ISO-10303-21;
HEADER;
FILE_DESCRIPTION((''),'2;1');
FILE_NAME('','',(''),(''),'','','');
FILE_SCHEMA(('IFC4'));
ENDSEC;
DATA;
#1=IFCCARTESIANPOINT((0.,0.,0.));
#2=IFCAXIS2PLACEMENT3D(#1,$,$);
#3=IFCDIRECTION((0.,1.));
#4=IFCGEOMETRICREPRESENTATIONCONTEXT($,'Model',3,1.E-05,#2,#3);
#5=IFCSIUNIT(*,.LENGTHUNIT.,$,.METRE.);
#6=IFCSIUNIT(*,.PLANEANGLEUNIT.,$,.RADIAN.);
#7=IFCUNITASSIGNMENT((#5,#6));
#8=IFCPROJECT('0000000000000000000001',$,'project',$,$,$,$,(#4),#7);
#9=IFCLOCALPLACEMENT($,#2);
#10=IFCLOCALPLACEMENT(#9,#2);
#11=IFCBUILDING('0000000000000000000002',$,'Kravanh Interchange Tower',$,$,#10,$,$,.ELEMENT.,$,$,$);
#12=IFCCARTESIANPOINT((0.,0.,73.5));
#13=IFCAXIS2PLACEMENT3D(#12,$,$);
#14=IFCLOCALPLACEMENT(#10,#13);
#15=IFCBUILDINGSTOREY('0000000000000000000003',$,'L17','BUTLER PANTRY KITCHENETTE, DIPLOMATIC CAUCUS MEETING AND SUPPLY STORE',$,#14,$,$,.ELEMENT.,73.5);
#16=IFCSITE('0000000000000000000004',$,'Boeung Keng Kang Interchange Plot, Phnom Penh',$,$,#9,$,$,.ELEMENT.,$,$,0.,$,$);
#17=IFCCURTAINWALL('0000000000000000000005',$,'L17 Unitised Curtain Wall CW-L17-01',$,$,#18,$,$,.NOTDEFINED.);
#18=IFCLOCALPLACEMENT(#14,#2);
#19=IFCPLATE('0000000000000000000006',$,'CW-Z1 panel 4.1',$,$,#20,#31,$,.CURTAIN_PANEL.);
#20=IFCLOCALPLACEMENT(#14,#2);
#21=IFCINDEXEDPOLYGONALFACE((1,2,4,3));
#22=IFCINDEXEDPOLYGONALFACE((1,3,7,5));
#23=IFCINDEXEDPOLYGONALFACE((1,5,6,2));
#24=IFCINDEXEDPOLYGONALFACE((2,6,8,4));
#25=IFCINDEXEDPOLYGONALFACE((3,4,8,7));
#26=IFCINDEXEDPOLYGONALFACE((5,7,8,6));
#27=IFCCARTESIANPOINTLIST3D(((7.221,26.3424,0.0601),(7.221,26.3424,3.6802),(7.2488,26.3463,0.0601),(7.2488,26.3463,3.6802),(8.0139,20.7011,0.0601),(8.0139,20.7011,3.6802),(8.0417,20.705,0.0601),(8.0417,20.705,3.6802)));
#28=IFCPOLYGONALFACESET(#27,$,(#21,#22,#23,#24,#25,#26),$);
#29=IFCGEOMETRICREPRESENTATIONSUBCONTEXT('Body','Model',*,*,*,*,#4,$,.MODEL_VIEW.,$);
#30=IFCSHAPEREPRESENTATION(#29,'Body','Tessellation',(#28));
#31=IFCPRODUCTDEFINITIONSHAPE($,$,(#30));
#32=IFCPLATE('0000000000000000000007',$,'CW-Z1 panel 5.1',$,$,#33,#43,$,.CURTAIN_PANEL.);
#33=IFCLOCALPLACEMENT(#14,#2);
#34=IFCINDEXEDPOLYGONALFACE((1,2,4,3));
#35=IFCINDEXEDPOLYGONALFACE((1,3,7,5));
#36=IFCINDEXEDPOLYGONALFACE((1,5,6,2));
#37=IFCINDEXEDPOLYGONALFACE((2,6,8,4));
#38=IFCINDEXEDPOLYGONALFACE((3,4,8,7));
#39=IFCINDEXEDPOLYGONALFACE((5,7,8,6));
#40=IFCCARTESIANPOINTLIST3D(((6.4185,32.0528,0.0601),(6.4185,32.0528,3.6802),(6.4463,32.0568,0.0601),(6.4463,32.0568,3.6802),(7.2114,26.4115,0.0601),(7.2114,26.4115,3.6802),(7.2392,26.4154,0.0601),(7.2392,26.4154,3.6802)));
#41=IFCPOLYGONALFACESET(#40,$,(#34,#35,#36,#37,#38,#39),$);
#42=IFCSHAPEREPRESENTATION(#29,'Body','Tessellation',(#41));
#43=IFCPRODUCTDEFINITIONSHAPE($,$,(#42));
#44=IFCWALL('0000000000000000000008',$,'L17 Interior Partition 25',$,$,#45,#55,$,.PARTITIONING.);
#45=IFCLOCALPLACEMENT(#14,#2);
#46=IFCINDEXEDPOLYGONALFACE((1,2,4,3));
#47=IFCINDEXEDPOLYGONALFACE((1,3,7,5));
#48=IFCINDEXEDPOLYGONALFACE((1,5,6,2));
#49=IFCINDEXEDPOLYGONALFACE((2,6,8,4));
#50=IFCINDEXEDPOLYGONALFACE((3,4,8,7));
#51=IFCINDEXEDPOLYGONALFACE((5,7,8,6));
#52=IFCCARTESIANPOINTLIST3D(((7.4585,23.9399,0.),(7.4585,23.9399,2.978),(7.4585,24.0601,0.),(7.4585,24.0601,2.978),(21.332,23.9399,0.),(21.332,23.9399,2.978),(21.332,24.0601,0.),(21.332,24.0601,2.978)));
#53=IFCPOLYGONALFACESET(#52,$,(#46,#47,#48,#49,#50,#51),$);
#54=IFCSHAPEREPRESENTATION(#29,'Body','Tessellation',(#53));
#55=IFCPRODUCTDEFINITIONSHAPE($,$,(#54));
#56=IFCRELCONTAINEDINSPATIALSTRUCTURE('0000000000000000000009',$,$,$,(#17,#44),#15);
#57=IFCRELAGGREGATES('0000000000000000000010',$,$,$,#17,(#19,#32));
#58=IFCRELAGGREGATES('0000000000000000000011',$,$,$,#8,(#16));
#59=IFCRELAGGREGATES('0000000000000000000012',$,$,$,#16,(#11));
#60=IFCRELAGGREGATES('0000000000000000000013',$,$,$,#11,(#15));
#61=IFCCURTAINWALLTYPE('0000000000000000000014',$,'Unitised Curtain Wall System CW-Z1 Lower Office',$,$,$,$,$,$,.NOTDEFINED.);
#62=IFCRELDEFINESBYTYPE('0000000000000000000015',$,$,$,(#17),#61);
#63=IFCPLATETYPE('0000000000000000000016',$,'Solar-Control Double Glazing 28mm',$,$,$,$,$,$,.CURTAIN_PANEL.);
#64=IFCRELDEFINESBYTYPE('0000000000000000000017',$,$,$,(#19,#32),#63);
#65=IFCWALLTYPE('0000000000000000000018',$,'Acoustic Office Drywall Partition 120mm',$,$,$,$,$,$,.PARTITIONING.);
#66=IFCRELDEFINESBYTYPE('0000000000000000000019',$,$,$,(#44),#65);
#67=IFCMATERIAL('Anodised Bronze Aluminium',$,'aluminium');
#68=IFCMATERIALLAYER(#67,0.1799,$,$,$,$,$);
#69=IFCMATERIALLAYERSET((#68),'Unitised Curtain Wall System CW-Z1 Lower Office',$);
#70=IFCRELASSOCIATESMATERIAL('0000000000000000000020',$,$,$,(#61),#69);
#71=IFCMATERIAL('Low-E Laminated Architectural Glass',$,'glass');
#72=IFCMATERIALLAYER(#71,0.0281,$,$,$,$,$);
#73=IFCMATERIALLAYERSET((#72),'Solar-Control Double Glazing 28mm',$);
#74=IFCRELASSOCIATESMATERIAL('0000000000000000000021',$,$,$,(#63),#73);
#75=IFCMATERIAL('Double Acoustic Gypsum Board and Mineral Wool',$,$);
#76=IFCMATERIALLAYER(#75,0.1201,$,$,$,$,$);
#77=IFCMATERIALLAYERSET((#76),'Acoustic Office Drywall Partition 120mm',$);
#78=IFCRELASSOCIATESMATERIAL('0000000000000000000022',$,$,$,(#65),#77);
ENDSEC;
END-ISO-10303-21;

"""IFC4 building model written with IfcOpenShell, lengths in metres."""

from ifc_helpers import new_model, si_unit, direction, frame, frame_2d, origin, origin_2d, place, context, subcontext, project, spatial, rectangle, extrude, material, layer, layer_set, type_object, element, aggregate, save


model = new_model("IFC4")

# Units and contexts
model_context = context("Model", 3, precision=1e-05, world=origin(), true_north=direction((0.0, 1.0)))
body_context = subcontext(model_context, "Body", "Model", "MODEL_VIEW")
ifc_project = project(units=[si_unit("LENGTHUNIT", "METRE"), si_unit("PLANEANGLEUNIT", "RADIAN")], contexts=[model_context])

# Site, building, storey
site_placement = place(None, origin())
site = spatial("IfcSite", under=ifc_project, at=site_placement, Name="Boeung Keng Kang Interchange Plot, Phnom Penh", CompositionType="ELEMENT", RefElevation=0.0)
building_placement = place(site_placement, origin())
building = spatial("IfcBuilding", under=site, at=building_placement, Name="Kravanh Interchange Tower", CompositionType="ELEMENT")
storey_placement = place(building_placement, frame((0.0, 0.0, 73.5)))
storey = spatial("IfcBuildingStorey", under=building, at=storey_placement, Name="L17", Description="BUTLER PANTRY KITCHENETTE, DIPLOMATIC CAUCUS MEETING AND SUPPLY STORE", CompositionType="ELEMENT", Elevation=73.5)

# Curtain wall
ifc_material_1 = material(Name="Anodised Bronze Aluminium", Category="aluminium")
ifc_layer_1 = layer(ifc_material_1, 0.1799)
ifc_layer_set_1 = layer_set([ifc_layer_1], Name="Unitised Curtain Wall System CW-Z1 Lower Office")
curtain_wall_type = type_object("IfcCurtainWallType", Name="Unitised Curtain Wall System CW-Z1 Lower Office", PredefinedType="NOTDEFINED", material=ifc_layer_set_1)
curtain_wall_placement = place(storey_placement, origin())
curtain_wall = element("IfcCurtainWall", 1, at=curtain_wall_placement, inside=storey, type_object=curtain_wall_type, Name="L17 Unitised Curtain Wall CW-L17-01", PredefinedType="NOTDEFINED")

# Plates
ifc_material_2 = material(Name="Low-E Laminated Architectural Glass", Category="glass")
ifc_layer_2 = layer(ifc_material_2, 0.0281)
ifc_layer_set_2 = layer_set([ifc_layer_2], Name="Solar-Control Double Glazing 28mm")
plate_type = type_object("IfcPlateType", Name="Solar-Control Double Glazing 28mm", PredefinedType="CURTAIN_PANEL", material=ifc_layer_set_2)
plate_1_placement = place(storey_placement, frame((7.6313, 23.5237, 0.0601), z_axis=(0.0, 0.0, 1.0), x_axis=(-0.139177, 0.990268, 0.0)))
plate_1 = element("IfcPlate", 2, at=plate_1_placement, type_object=plate_type, Name="CW-Z1 panel 4.1", PredefinedType="CURTAIN_PANEL", context=body_context, shape_type="SweptSolid", body=[
    extrude(rectangle(XDim=5.6968, YDim=0.0281, at=origin_2d()), origin(), (0.0, 0.0, 1.0), 3.6201),
])
plate_2_placement = place(storey_placement, frame((6.8289, 29.2341, 0.0601), z_axis=(0.0, 0.0, 1.0), x_axis=(-0.139177, 0.990268, 0.0)))
plate_2 = element("IfcPlate", 3, at=plate_2_placement, type_object=plate_type, Name="CW-Z1 panel 5.1", PredefinedType="CURTAIN_PANEL", context=body_context, shape_type="SweptSolid", body=[
    extrude(rectangle(XDim=5.6968, YDim=0.0281, at=origin_2d()), origin(), (0.0, 0.0, 1.0), 3.6201),
])
aggregate(curtain_wall, [plate_1, plate_2])

# Wall
ifc_material_3 = material(Name="Double Acoustic Gypsum Board and Mineral Wool")
ifc_layer_3 = layer(ifc_material_3, 0.1201)
ifc_layer_set_3 = layer_set([ifc_layer_3], Name="Acoustic Office Drywall Partition 120mm")
wall_type = type_object("IfcWallType", Name="Acoustic Office Drywall Partition 120mm", PredefinedType="PARTITIONING", material=ifc_layer_set_3)
wall_placement = place(storey_placement, frame((7.4585, 24.0, 0.0), z_axis=(0.0, 0.0, 1.0), x_axis=(1.0, 0.0, 0.0)))
element("IfcWall", 4, at=wall_placement, inside=storey, type_object=wall_type, Name="L17 Interior Partition 25", PredefinedType="PARTITIONING", context=body_context, shape_type="SweptSolid", body=[
    extrude(rectangle(XDim=13.8735, YDim=0.1201, at=frame_2d((6.9368, 0.0))), origin(), (0.0, 0.0, 1.0), 2.978),
])

save(model, "model.ifc")
